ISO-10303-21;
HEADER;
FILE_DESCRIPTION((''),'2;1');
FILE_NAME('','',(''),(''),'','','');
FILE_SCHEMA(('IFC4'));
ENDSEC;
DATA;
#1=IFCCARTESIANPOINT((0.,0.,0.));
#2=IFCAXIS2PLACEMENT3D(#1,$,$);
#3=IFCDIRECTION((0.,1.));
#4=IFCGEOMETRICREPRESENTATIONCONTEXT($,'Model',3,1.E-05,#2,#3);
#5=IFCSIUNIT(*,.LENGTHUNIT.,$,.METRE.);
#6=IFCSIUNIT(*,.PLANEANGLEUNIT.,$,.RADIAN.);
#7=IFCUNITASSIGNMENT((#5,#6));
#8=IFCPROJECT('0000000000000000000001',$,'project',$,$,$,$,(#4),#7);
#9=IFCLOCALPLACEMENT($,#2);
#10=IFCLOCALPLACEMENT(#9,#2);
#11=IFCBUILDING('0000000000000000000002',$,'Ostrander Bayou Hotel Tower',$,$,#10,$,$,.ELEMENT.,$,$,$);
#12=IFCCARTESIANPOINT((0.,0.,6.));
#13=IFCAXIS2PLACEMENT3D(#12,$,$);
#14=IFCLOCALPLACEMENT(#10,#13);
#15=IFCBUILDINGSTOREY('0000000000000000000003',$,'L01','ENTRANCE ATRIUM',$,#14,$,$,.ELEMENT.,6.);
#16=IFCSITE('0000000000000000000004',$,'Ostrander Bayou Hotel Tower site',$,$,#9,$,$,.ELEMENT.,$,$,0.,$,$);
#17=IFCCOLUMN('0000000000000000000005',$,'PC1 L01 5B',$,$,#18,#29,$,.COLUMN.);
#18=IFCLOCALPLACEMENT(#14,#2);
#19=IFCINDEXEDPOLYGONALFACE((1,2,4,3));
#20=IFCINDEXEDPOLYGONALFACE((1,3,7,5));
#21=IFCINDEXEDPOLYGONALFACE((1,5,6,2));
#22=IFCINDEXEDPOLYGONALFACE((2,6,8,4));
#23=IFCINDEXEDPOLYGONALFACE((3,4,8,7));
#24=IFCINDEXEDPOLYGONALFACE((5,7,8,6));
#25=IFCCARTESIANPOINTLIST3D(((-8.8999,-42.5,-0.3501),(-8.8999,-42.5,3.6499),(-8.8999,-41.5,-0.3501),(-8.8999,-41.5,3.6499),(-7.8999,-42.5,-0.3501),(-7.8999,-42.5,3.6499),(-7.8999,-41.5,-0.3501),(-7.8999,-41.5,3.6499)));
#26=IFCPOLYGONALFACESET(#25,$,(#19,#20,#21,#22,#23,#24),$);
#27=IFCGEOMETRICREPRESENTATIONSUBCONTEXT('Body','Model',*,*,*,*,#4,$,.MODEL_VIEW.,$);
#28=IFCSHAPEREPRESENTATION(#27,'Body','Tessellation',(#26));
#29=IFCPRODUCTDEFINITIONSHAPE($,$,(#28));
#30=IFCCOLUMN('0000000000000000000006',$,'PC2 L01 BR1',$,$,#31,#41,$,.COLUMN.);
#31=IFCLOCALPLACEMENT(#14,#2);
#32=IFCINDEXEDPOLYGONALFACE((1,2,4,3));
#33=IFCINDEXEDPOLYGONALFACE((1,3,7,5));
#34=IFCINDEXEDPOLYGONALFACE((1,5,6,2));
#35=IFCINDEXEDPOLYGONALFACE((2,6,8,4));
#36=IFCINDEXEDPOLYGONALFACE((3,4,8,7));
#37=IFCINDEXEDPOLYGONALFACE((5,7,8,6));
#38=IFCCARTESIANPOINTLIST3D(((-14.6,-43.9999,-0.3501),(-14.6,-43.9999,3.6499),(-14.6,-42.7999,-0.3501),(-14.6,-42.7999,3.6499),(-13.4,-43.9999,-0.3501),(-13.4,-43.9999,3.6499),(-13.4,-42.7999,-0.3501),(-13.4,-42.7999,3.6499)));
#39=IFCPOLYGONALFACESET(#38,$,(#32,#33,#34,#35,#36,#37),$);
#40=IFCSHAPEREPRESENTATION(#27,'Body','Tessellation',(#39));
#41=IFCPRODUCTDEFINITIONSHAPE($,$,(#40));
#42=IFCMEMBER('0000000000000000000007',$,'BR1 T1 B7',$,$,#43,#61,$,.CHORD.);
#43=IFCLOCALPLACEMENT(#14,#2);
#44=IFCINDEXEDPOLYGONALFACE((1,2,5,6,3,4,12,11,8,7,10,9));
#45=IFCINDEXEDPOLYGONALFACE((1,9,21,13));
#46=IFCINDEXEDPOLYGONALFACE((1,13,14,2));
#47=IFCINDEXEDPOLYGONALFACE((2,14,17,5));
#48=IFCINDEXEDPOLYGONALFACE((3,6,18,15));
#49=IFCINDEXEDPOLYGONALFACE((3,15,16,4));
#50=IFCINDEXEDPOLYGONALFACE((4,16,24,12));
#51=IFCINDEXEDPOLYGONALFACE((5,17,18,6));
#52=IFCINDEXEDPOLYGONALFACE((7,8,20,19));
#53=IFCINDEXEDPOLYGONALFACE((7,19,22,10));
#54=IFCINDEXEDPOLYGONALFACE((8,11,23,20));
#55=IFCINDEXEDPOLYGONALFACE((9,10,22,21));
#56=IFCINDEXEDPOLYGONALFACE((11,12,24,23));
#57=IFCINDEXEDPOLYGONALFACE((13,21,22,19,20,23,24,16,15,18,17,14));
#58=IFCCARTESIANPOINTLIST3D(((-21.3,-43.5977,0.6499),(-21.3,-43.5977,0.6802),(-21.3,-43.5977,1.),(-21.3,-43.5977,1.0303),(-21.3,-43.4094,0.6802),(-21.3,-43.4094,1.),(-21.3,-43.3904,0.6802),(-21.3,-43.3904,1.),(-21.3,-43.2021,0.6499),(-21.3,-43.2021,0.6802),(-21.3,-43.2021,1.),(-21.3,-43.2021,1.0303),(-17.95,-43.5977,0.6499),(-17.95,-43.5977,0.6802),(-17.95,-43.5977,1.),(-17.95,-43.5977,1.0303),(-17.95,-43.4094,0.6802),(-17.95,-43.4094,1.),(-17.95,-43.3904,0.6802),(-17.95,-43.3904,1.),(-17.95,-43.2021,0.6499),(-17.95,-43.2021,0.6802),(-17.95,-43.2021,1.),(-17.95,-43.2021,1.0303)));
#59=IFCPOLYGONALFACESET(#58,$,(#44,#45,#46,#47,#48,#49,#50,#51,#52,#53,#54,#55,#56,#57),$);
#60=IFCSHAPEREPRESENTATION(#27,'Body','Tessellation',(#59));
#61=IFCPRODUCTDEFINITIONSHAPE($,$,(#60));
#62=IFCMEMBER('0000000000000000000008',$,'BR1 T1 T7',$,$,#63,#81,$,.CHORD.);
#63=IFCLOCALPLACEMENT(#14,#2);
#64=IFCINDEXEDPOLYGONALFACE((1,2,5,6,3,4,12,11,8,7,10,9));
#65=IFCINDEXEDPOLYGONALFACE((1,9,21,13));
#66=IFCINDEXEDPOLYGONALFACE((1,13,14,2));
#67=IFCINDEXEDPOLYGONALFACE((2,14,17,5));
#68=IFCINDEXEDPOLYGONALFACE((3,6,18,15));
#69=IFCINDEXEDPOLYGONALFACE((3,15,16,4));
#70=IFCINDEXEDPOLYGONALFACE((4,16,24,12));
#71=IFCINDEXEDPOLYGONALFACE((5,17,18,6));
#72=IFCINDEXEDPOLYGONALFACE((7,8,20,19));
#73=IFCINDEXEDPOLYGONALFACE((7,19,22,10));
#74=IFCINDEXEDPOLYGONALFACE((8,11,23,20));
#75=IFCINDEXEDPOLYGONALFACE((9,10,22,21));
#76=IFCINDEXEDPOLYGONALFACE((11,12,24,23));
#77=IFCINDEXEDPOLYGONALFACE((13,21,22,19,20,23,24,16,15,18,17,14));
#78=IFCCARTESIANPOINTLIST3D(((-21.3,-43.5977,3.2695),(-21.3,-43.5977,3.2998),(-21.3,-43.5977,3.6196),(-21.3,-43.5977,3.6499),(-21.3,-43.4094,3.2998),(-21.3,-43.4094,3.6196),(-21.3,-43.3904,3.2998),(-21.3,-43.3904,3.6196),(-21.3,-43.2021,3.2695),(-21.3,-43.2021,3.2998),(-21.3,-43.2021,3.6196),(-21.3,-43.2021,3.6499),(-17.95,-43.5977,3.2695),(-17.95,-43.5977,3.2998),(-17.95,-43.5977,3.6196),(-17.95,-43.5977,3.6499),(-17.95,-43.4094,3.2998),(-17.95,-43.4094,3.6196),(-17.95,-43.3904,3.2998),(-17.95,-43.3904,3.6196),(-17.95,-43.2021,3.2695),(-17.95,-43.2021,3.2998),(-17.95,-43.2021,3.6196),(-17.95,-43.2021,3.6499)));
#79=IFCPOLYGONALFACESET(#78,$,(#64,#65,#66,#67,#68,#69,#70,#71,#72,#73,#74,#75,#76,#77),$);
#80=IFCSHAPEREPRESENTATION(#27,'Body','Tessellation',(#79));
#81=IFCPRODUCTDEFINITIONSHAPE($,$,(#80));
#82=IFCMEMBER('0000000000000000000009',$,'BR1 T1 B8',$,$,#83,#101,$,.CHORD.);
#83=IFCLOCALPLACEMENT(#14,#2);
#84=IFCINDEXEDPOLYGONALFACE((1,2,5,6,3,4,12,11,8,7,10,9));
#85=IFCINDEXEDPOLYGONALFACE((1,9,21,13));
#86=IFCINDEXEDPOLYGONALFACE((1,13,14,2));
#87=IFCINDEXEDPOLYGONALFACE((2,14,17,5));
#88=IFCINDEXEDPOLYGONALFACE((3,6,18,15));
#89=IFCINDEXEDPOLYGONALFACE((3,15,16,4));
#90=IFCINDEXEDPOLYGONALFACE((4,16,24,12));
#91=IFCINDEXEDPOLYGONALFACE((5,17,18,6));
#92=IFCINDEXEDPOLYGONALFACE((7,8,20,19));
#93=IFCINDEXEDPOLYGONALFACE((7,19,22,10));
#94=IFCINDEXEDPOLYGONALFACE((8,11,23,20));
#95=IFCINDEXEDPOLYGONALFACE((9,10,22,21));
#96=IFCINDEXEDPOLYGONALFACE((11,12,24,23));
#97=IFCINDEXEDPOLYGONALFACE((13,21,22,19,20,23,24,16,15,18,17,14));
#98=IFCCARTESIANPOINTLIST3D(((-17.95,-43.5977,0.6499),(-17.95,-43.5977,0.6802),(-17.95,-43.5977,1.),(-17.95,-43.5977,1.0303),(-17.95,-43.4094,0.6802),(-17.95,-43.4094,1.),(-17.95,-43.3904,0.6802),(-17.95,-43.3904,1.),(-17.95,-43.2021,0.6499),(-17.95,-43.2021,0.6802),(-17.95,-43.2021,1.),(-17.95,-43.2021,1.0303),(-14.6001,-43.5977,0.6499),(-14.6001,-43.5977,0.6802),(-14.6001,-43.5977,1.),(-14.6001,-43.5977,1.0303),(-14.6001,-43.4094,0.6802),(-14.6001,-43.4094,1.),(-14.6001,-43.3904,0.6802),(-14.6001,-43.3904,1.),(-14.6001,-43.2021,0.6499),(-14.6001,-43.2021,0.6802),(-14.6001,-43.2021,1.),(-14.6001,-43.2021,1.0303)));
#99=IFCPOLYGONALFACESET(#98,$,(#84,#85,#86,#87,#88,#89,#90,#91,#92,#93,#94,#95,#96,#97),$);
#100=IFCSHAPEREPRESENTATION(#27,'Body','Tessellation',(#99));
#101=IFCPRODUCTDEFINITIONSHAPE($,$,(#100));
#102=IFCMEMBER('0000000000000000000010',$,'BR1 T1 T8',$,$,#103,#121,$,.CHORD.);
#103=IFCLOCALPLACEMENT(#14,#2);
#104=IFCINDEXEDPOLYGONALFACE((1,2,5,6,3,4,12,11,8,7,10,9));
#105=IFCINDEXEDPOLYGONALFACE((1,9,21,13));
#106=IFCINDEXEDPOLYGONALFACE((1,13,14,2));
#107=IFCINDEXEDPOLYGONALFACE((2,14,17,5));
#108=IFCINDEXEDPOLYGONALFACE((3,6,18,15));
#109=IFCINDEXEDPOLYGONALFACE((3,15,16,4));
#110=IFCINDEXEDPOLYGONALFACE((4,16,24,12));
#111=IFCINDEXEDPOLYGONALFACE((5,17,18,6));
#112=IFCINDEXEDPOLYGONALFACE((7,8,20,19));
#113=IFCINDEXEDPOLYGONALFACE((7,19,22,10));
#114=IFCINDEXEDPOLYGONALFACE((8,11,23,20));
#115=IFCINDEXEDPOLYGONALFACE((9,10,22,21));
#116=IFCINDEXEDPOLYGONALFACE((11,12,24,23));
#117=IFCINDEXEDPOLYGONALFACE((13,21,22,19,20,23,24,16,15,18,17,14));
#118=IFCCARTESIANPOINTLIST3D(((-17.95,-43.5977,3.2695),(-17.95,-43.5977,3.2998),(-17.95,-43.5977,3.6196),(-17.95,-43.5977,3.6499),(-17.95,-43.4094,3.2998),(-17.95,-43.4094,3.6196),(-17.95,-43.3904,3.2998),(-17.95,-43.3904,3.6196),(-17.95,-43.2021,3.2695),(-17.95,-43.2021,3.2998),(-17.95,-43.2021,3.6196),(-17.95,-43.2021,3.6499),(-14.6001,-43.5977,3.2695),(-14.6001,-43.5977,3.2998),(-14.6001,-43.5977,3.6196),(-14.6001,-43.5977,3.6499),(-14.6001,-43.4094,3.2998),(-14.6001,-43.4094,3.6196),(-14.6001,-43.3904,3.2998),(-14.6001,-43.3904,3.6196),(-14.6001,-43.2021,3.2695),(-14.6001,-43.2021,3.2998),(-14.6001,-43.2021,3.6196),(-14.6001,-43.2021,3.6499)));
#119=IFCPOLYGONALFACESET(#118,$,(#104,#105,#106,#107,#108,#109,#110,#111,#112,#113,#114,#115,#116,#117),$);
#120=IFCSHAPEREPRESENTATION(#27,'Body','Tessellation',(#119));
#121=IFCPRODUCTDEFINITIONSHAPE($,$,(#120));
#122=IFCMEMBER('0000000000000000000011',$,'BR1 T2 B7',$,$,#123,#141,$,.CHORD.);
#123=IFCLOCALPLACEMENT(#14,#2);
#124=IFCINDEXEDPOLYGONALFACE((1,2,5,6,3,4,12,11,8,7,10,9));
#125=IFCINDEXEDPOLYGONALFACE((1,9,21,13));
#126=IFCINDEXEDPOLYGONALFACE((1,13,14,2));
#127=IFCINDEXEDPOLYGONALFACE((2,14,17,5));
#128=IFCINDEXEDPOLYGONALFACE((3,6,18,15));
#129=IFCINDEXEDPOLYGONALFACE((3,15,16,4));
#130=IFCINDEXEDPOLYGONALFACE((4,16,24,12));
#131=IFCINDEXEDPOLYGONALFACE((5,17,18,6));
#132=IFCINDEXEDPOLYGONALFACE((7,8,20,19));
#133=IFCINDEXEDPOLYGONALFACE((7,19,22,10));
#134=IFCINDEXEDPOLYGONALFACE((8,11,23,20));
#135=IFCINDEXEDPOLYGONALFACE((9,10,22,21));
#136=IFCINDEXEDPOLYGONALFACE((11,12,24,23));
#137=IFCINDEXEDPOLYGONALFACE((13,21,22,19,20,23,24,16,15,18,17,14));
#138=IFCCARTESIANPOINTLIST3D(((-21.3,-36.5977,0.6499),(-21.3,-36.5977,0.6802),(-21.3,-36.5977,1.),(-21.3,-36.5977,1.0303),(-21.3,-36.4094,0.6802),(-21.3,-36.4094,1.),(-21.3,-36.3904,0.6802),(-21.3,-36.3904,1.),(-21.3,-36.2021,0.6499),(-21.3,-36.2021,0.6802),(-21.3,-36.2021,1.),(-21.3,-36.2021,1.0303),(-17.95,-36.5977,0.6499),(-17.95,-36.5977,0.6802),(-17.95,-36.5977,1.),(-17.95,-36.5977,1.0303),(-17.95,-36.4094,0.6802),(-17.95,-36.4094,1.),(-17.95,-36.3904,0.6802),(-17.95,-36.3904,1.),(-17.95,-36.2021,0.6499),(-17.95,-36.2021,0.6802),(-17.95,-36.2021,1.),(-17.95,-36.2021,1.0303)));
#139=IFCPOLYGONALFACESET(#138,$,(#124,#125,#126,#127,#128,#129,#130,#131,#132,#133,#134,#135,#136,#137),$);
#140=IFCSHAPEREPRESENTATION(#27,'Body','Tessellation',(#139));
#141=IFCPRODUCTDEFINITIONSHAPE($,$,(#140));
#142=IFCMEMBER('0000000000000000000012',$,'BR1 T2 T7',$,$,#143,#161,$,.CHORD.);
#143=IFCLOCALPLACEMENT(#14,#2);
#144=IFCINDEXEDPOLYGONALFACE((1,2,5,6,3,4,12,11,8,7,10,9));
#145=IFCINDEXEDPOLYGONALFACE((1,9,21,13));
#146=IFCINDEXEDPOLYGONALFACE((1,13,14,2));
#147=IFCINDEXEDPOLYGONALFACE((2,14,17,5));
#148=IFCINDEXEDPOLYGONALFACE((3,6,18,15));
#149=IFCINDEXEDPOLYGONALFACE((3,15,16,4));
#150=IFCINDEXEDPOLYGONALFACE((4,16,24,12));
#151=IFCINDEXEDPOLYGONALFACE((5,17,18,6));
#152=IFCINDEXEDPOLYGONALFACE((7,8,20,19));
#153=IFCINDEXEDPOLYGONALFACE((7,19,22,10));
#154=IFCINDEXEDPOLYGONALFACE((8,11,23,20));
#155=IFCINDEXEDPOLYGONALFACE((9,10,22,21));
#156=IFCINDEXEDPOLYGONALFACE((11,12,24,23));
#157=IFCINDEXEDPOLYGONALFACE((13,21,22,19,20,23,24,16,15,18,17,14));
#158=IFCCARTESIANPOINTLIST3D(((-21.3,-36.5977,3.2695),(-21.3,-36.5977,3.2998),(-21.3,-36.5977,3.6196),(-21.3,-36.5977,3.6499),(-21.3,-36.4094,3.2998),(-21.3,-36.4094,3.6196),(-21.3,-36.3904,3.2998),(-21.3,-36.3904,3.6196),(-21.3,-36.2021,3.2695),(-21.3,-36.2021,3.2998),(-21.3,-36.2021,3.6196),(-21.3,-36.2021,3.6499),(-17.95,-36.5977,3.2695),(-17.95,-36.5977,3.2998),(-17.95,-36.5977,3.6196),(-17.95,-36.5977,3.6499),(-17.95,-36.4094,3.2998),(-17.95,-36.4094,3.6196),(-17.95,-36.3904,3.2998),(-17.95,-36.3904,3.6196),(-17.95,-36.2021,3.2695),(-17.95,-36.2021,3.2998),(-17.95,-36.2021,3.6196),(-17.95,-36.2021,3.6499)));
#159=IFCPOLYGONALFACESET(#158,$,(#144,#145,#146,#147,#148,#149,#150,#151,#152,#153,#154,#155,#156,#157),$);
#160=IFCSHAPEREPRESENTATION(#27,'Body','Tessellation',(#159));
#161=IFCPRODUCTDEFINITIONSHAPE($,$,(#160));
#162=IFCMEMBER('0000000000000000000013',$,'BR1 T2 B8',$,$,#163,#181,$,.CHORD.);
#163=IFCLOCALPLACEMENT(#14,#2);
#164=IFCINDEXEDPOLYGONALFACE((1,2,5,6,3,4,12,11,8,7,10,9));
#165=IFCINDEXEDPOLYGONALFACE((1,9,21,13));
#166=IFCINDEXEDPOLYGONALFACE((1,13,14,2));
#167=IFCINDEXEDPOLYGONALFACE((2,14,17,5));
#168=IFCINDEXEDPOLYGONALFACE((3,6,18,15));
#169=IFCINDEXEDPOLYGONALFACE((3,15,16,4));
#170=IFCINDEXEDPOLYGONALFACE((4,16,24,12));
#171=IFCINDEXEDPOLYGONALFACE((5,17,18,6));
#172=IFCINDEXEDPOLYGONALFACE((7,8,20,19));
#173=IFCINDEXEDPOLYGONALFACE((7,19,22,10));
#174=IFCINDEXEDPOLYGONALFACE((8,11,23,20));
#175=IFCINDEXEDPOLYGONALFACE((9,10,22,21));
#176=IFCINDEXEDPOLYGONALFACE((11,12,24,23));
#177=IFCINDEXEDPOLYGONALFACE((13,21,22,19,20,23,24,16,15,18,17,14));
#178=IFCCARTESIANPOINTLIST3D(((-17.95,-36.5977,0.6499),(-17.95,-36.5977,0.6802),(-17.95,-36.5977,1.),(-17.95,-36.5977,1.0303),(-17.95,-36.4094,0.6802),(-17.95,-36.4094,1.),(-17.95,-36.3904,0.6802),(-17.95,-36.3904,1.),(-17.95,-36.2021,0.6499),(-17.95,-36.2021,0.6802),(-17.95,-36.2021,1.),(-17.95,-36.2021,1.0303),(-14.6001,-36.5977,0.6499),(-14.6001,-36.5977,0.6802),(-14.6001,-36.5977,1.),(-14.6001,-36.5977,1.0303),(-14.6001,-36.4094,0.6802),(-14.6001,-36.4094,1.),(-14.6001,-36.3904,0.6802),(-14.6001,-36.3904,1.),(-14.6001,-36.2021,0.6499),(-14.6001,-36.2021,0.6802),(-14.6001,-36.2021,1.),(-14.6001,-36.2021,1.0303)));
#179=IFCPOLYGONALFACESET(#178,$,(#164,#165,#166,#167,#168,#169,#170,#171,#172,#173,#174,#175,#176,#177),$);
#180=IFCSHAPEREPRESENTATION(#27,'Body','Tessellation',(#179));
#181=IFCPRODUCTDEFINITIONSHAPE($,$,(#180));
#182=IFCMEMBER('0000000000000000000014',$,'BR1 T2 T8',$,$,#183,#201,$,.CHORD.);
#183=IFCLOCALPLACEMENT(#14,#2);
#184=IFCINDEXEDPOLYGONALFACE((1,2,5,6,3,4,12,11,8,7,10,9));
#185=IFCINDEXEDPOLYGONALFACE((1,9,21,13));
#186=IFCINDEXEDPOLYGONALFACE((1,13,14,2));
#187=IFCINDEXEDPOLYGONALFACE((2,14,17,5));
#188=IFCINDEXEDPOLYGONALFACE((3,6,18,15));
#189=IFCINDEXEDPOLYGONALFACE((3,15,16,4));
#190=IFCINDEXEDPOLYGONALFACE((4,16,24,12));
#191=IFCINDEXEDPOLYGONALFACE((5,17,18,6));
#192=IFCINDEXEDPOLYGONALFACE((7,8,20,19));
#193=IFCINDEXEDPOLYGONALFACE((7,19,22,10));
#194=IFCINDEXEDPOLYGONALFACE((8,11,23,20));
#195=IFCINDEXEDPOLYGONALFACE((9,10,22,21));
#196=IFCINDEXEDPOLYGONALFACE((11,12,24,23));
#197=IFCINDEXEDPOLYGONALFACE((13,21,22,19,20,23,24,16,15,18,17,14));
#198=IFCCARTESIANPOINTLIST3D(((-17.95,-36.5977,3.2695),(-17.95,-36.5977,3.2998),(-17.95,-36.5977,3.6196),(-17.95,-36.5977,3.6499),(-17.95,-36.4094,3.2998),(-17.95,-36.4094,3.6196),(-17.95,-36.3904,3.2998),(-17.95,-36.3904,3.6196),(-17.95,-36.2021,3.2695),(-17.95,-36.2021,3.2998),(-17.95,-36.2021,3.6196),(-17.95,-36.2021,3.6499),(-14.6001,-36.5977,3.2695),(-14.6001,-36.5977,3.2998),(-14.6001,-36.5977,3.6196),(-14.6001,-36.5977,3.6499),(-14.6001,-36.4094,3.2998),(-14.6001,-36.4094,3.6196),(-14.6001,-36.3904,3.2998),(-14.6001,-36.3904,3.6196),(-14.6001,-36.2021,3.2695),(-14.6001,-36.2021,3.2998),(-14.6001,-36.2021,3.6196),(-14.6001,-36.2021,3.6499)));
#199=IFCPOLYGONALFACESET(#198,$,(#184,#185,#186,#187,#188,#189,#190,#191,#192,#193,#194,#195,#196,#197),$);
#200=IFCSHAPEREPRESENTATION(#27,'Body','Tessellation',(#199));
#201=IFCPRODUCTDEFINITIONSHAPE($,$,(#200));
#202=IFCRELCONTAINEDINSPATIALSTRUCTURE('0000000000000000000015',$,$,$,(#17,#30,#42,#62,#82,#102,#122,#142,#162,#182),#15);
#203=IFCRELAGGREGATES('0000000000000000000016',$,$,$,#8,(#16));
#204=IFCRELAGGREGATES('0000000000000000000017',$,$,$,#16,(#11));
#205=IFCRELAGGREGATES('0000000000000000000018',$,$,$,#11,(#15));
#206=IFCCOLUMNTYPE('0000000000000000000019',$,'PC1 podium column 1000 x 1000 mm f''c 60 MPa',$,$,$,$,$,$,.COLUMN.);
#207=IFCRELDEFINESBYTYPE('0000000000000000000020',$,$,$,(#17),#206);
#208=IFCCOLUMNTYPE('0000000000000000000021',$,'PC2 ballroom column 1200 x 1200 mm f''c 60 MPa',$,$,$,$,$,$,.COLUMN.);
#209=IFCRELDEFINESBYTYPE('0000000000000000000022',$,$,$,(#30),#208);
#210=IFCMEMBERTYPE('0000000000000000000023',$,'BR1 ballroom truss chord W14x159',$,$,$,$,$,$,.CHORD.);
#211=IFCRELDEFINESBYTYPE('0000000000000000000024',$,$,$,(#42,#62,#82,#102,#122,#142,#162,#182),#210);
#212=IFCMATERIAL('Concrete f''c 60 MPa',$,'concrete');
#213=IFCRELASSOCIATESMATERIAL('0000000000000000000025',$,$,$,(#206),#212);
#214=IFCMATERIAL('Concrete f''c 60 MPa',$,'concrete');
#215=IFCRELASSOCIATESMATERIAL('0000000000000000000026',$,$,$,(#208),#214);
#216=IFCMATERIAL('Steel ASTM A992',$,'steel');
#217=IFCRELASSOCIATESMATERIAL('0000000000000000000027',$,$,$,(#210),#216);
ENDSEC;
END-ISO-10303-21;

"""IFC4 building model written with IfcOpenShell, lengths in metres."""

from ifc_helpers import new_model, si_unit, direction, frame, origin, origin_2d, place, context, subcontext, project, spatial, rectangle, i_section, extrude, material, material_profile, profile_set, type_object, element, save


model = new_model("IFC4")

# Units and contexts
model_context = context("Model", 3, precision=1e-05, world=origin(), true_north=direction((0.0, 1.0)))
body_context = subcontext(model_context, "Body", "Model", "MODEL_VIEW")
ifc_project = project(units=[si_unit("LENGTHUNIT", "METRE"), si_unit("PLANEANGLEUNIT", "RADIAN")], contexts=[model_context])

# Site, building, storey
site_placement = place(None, origin())
site = spatial("IfcSite", under=ifc_project, at=site_placement, Name="Ostrander Bayou Hotel Tower site", CompositionType="ELEMENT", RefElevation=0.0)
building_placement = place(site_placement, origin())
building = spatial("IfcBuilding", under=site, at=building_placement, Name="Ostrander Bayou Hotel Tower", CompositionType="ELEMENT")
storey_placement = place(building_placement, frame((0.0, 0.0, 6.0)))
storey = spatial("IfcBuildingStorey", under=building, at=storey_placement, Name="L01", Description="ENTRANCE ATRIUM", CompositionType="ELEMENT", Elevation=6.0)

# Columns
ifc_material_1 = material(Name="Concrete f'c 60 MPa", Category="concrete")
ifc_material_profile_1 = material_profile(ifc_material_1, rectangle(XDim=1.0, YDim=1.0, at=origin_2d()))
ifc_profile_set_1 = profile_set([ifc_material_profile_1], Name="Concrete f'c 60 MPa")
column_type_1 = type_object("IfcColumnType", Name="PC1 podium column 1000 x 1000 mm f'c 60 MPa", PredefinedType="COLUMN", material=ifc_profile_set_1)
column_1_placement = place(storey_placement, frame((-8.3999, -42.0, -0.3501), z_axis=(0.0, 0.0, 1.0), x_axis=(1.0, 0.0, 0.0)))
element("IfcColumn", 1, at=column_1_placement, inside=storey, type_object=column_type_1, Name="PC1 L01 5B", PredefinedType="COLUMN", context=body_context, shape_type="SweptSolid", body=[
    extrude(rectangle(XDim=1.0, YDim=1.0, at=origin_2d()), origin(), (0.0, 0.0, 1.0), 4.0),
])
ifc_material_2 = material(Name="Concrete f'c 60 MPa", Category="concrete")
ifc_material_profile_2 = material_profile(ifc_material_2, rectangle(XDim=1.2, YDim=1.2, at=origin_2d()))
ifc_profile_set_2 = profile_set([ifc_material_profile_2], Name="Concrete f'c 60 MPa")
column_type_2 = type_object("IfcColumnType", Name="PC2 ballroom column 1200 x 1200 mm f'c 60 MPa", PredefinedType="COLUMN", material=ifc_profile_set_2)
column_2_placement = place(storey_placement, frame((-14.0, -43.3999, -0.3501), z_axis=(0.0, 0.0, 1.0), x_axis=(1.0, 0.0, 0.0)))
element("IfcColumn", 2, at=column_2_placement, inside=storey, type_object=column_type_2, Name="PC2 L01 BR1", PredefinedType="COLUMN", context=body_context, shape_type="SweptSolid", body=[
    extrude(rectangle(XDim=1.2, YDim=1.2, at=origin_2d()), origin(), (0.0, 0.0, 1.0), 4.0),
])

# Members
ifc_material_3 = material(Name="Steel ASTM A992", Category="steel")
ifc_material_profile_3 = material_profile(ifc_material_3, i_section(OverallWidth=0.3955, OverallDepth=0.3804, WebThickness=0.019, FlangeThickness=0.0303, at=origin_2d()))
ifc_profile_set_3 = profile_set([ifc_material_profile_3], Name="Steel ASTM A992")
member_type_1 = type_object("IfcMemberType", Name="BR1 ballroom truss chord W14x159", PredefinedType="CHORD", material=ifc_profile_set_3)
for number, where, z_axis, x_axis, name in (
    (3, (-21.3, -43.3999, 0.8401), (1.0, 0.0, 0.0), (0.0, 1.0, 0.0), "BR1 T1 B7"),
    (4, (-21.3, -43.3999, 3.4597), (1.0, 0.0, 0.0), (0.0, 1.0, 0.0), "BR1 T1 T7"),
):
    element("IfcMember", number, at=place(storey_placement, frame(where, z_axis=z_axis, x_axis=x_axis)), inside=storey, type_object=member_type_1, Name=name, PredefinedType="CHORD", context=body_context, shape_type="SweptSolid", body=[
        extrude(i_section(OverallWidth=0.3955, OverallDepth=0.3804, WebThickness=0.019, FlangeThickness=0.0303, at=origin_2d()), origin(), (0.0, 0.0, 1.0), 3.3501),
    ])
for number, where, z_axis, x_axis, name in (
    (5, (-17.95, -43.3999, 0.8401), (1.0, 0.0, 0.0), (0.0, 1.0, 0.0), "BR1 T1 B8"),
    (6, (-17.95, -43.3999, 3.4597), (1.0, 0.0, 0.0), (0.0, 1.0, 0.0), "BR1 T1 T8"),
):
    element("IfcMember", number, at=place(storey_placement, frame(where, z_axis=z_axis, x_axis=x_axis)), inside=storey, type_object=member_type_1, Name=name, PredefinedType="CHORD", context=body_context, shape_type="SweptSolid", body=[
        extrude(i_section(OverallWidth=0.3955, OverallDepth=0.3804, WebThickness=0.019, FlangeThickness=0.0303, at=origin_2d()), origin(), (0.0, 0.0, 1.0), 3.3499),
    ])
for number, where, z_axis, x_axis, name in (
    (7, (-21.3, -36.3999, 0.8401), (1.0, 0.0, 0.0), (0.0, 1.0, 0.0), "BR1 T2 B7"),
    (8, (-21.3, -36.3999, 3.4597), (1.0, 0.0, 0.0), (0.0, 1.0, 0.0), "BR1 T2 T7"),
):
    element("IfcMember", number, at=place(storey_placement, frame(where, z_axis=z_axis, x_axis=x_axis)), inside=storey, type_object=member_type_1, Name=name, PredefinedType="CHORD", context=body_context, shape_type="SweptSolid", body=[
        extrude(i_section(OverallWidth=0.3955, OverallDepth=0.3804, WebThickness=0.019, FlangeThickness=0.0303, at=origin_2d()), origin(), (0.0, 0.0, 1.0), 3.3501),
    ])
for number, where, z_axis, x_axis, name in (
    (9, (-17.95, -36.3999, 0.8401), (1.0, 0.0, 0.0), (0.0, 1.0, 0.0), "BR1 T2 B8"),
    (10, (-17.95, -36.3999, 3.4597), (1.0, 0.0, 0.0), (0.0, 1.0, 0.0), "BR1 T2 T8"),
):
    element("IfcMember", number, at=place(storey_placement, frame(where, z_axis=z_axis, x_axis=x_axis)), inside=storey, type_object=member_type_1, Name=name, PredefinedType="CHORD", context=body_context, shape_type="SweptSolid", body=[
        extrude(i_section(OverallWidth=0.3955, OverallDepth=0.3804, WebThickness=0.019, FlangeThickness=0.0303, at=origin_2d()), origin(), (0.0, 0.0, 1.0), 3.3499),
    ])

save(model, "model.ifc")
